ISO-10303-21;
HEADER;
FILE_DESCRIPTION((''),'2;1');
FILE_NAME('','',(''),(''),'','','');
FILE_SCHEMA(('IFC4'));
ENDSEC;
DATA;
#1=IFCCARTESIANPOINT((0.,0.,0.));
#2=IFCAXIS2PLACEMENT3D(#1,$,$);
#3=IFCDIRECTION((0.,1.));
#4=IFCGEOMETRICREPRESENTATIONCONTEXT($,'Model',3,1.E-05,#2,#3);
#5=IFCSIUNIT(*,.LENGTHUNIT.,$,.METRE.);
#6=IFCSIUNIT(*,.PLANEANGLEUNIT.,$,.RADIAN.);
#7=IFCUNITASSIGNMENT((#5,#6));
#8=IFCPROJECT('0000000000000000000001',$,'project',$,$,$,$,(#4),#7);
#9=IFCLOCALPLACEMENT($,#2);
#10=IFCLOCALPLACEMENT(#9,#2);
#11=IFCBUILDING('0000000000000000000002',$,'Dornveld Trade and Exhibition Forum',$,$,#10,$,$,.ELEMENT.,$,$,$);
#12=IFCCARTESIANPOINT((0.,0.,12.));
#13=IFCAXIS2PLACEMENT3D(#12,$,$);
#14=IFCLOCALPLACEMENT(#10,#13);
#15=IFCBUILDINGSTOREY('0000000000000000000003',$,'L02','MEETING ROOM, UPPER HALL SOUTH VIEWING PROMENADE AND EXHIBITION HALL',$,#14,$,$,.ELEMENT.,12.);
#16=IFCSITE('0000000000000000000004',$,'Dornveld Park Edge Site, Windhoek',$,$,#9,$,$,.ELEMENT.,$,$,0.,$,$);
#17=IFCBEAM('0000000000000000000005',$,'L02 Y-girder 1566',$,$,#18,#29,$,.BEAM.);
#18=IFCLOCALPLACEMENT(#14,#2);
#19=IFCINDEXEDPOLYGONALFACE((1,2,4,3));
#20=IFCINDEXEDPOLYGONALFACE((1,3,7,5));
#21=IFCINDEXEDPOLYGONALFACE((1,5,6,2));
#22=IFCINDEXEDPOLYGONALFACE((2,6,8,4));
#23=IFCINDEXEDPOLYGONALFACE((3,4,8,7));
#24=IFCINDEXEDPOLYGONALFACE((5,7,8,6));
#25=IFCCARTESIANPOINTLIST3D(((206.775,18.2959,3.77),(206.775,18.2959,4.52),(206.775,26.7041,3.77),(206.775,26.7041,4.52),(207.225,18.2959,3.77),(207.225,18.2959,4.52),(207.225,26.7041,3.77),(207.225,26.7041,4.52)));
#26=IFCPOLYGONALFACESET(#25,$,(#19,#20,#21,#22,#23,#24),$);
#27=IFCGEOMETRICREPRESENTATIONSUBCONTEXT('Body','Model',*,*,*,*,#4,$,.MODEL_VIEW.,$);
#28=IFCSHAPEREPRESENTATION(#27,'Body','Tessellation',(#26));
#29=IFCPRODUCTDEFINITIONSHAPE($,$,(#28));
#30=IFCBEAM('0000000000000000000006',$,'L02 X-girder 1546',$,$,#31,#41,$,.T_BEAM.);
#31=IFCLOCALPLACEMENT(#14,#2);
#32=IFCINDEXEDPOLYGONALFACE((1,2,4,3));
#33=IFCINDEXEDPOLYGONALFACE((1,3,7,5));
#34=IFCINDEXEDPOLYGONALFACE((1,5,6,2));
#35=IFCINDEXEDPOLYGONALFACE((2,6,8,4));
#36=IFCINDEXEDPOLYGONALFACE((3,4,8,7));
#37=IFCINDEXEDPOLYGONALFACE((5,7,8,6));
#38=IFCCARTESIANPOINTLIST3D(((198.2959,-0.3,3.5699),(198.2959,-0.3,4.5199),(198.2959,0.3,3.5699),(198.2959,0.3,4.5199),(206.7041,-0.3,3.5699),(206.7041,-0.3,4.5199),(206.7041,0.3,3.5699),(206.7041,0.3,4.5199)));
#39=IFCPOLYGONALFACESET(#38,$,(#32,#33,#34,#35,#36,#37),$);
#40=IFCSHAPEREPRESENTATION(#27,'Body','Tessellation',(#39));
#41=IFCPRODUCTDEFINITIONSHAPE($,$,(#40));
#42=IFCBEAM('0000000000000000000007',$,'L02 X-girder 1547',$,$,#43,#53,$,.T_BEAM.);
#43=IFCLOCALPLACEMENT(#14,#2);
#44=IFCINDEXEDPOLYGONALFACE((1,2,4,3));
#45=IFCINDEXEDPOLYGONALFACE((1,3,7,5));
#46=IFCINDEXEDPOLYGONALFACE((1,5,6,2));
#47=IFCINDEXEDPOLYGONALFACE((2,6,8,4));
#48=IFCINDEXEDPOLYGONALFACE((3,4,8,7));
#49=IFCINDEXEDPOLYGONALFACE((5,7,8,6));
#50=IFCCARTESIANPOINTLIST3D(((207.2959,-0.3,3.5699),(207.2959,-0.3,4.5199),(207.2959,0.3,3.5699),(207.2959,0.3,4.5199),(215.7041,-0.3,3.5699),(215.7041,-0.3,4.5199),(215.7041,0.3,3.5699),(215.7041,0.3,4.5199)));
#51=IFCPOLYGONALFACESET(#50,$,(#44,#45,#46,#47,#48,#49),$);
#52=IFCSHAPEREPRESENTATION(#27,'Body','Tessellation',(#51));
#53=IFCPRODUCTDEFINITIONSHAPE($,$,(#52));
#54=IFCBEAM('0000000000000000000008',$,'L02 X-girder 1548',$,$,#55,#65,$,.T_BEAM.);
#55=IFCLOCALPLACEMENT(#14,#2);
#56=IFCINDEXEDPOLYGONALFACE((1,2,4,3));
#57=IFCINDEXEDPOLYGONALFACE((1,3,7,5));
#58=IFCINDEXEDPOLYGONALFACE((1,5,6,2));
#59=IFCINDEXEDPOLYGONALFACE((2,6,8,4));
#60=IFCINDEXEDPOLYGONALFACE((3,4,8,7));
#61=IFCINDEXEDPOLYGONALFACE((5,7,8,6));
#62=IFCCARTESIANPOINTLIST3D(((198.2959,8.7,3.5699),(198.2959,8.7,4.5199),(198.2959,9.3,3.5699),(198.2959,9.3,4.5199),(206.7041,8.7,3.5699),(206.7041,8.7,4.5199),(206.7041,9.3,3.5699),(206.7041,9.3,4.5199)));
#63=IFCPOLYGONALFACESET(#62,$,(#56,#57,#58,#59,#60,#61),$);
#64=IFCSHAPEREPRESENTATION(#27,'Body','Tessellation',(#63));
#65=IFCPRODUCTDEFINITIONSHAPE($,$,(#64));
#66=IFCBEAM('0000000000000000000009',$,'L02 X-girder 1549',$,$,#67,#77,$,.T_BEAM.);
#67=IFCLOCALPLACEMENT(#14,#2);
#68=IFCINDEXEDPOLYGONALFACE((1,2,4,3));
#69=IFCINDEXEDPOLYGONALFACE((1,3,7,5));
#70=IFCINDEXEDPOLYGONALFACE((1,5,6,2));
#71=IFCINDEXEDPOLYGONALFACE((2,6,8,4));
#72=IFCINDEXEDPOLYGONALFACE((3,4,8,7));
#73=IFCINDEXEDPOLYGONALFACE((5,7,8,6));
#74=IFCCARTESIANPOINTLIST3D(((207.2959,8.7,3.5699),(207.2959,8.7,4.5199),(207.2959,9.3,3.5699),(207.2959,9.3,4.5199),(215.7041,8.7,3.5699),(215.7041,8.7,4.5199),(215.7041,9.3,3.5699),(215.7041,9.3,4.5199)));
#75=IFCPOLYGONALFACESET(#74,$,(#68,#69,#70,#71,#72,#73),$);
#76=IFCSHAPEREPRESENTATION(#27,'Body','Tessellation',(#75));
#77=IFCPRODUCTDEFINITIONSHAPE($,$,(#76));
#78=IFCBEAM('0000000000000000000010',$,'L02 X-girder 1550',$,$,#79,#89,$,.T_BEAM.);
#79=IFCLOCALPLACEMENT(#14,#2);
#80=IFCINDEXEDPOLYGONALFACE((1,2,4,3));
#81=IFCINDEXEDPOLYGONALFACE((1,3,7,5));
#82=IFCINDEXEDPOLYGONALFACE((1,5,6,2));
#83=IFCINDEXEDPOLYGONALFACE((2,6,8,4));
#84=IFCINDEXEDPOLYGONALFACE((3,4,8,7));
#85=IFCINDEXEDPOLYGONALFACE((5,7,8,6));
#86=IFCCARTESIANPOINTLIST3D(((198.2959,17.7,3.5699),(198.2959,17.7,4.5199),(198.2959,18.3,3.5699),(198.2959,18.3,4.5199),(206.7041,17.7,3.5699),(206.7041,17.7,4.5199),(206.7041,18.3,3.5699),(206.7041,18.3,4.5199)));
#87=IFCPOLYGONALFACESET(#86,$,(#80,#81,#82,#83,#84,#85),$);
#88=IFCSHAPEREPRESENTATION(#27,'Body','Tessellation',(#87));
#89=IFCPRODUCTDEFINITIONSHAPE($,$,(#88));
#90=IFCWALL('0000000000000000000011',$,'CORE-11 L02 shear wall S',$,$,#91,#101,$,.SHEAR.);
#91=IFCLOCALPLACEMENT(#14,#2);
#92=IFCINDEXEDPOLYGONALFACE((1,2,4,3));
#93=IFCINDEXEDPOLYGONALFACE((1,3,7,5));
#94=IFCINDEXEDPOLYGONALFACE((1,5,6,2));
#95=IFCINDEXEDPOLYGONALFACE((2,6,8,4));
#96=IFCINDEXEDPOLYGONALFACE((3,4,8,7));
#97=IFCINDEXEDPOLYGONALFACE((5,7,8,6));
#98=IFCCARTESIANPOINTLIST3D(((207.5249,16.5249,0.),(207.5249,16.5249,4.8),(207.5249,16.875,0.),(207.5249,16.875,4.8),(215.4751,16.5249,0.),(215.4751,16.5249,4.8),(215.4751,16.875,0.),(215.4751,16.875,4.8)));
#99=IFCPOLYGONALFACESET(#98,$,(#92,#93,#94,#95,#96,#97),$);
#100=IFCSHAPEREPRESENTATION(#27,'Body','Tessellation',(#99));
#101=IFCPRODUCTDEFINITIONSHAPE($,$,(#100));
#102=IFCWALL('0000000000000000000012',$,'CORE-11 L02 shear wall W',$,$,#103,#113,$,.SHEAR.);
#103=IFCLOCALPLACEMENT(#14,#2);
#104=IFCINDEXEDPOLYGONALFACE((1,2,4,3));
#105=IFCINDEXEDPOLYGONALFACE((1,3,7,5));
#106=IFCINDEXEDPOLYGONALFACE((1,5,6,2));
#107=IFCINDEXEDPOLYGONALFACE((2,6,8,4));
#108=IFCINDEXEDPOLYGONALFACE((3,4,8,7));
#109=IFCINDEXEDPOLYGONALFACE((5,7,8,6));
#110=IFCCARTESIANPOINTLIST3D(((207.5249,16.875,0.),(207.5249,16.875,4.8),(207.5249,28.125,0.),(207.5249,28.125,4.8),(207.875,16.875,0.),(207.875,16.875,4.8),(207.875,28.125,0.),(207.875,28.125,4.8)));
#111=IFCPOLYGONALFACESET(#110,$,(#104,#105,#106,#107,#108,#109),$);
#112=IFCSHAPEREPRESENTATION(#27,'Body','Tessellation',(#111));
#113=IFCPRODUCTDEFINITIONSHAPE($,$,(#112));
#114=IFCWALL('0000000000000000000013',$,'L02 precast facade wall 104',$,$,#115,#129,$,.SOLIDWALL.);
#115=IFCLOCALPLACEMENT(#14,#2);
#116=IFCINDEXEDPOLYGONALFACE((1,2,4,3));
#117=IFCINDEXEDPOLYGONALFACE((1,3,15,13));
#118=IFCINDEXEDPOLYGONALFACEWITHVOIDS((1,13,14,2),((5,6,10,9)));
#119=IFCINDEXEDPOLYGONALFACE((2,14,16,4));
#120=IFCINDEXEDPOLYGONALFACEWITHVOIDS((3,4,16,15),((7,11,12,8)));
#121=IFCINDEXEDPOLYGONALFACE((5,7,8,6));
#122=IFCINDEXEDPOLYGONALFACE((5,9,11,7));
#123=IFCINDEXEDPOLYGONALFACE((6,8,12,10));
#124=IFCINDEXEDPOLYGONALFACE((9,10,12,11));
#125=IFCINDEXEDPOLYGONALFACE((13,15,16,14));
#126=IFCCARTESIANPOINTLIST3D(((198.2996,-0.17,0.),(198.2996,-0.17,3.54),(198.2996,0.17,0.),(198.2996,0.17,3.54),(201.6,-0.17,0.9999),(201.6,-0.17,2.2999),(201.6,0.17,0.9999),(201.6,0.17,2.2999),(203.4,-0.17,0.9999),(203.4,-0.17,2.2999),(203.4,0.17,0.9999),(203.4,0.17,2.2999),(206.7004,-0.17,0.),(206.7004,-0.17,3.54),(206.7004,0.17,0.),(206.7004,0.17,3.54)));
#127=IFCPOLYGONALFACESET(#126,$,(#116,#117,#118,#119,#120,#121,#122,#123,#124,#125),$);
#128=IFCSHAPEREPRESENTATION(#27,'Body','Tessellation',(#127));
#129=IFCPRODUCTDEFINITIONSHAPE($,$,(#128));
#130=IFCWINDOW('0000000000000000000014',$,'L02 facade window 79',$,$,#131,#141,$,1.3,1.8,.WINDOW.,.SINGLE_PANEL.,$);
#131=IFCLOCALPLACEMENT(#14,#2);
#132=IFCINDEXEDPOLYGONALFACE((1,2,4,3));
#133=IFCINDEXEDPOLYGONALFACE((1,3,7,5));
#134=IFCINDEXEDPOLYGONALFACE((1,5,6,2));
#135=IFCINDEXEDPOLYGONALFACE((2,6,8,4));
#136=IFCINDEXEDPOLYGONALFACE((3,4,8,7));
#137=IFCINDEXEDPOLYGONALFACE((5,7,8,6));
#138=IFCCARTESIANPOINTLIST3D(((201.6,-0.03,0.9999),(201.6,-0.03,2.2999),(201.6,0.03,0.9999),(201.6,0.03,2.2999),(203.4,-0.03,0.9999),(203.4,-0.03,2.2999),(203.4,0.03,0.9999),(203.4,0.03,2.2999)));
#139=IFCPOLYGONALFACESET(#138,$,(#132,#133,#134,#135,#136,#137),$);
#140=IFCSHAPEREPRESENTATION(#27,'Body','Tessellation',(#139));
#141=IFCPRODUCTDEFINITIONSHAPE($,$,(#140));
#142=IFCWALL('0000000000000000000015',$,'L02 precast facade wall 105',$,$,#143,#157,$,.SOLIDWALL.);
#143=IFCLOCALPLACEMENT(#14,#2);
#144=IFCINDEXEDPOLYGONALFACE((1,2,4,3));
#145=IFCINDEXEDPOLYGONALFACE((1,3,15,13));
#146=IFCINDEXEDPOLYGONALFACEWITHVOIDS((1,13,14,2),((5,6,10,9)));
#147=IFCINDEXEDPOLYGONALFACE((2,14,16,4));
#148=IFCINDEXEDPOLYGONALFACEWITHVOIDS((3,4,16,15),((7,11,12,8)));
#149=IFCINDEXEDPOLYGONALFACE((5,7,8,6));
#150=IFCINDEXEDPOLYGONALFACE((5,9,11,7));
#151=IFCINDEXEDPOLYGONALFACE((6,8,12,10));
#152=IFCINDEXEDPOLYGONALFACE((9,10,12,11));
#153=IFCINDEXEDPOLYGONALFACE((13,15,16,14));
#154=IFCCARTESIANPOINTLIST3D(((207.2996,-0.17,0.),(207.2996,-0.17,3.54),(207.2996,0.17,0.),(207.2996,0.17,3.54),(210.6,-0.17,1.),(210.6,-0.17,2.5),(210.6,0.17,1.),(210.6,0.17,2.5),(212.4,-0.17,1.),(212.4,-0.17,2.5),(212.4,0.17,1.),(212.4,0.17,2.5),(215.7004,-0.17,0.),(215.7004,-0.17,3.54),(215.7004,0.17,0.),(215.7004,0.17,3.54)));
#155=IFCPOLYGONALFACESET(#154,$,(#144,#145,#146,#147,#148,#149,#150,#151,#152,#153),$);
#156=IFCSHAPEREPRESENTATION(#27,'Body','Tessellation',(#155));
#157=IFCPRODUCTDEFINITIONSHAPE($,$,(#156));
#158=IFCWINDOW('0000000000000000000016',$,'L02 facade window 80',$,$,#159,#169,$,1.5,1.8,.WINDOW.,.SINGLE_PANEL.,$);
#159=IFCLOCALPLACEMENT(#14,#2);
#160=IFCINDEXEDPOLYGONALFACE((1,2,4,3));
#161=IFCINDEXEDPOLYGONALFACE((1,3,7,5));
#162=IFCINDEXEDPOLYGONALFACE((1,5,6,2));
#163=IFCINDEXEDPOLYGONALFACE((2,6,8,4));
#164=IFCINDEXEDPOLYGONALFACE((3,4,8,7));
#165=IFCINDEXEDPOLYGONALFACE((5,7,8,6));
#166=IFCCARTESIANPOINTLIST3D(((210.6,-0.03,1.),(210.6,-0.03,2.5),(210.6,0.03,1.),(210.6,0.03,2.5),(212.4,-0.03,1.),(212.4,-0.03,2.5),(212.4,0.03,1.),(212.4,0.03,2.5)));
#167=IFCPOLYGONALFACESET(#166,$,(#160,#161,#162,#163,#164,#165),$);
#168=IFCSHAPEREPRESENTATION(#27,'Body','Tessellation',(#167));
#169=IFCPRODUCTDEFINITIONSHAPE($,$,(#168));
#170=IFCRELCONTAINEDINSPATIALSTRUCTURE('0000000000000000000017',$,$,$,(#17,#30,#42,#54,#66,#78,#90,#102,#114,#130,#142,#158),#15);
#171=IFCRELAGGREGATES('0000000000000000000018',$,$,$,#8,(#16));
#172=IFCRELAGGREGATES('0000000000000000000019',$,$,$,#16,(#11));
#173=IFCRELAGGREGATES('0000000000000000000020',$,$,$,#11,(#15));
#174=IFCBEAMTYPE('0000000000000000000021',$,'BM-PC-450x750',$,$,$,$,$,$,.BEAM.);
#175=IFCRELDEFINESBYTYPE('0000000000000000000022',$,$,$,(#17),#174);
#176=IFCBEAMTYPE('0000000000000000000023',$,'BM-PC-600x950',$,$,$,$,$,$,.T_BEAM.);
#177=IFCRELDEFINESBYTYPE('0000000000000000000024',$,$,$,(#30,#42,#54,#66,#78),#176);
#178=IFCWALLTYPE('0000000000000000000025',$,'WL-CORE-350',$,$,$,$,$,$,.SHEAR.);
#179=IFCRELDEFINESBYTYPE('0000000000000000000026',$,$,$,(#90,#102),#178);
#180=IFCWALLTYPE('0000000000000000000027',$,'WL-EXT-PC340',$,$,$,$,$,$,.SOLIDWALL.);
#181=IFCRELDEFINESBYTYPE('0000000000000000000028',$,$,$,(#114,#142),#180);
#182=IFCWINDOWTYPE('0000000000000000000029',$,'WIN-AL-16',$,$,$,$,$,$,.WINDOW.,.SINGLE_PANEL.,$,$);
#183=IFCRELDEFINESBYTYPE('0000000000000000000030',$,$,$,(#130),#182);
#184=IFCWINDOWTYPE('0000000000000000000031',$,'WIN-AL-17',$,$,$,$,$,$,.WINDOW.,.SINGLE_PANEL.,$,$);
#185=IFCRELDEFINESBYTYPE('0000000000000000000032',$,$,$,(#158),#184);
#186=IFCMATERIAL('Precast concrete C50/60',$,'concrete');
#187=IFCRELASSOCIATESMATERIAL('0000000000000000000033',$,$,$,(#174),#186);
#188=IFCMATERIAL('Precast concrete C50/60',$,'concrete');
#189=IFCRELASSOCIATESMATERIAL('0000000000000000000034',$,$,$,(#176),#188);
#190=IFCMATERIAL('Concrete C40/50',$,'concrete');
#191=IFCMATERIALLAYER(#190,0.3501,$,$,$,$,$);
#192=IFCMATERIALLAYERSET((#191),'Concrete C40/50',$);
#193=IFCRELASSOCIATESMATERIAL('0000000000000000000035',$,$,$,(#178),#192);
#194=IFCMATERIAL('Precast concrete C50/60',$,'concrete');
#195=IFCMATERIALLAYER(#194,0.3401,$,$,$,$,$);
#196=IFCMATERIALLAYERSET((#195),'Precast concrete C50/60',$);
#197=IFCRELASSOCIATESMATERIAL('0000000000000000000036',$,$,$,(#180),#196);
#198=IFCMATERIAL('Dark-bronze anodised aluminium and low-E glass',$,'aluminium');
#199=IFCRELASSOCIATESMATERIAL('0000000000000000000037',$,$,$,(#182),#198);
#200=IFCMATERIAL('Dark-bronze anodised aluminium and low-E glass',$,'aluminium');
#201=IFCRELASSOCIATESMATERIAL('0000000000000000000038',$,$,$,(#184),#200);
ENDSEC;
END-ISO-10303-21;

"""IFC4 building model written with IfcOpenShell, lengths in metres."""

from ifc_helpers import new_model, si_unit, direction, frame, frame_2d, origin, origin_2d, place, context, subcontext, project, spatial, rectangle, extrude, material, layer, layer_set, material_profile, profile_set, type_object, element, fill, save


model = new_model("IFC4")

# Units and contexts
model_context = context("Model", 3, precision=1e-05, world=origin(), true_north=direction((0.0, 1.0)))
body_context = subcontext(model_context, "Body", "Model", "MODEL_VIEW")
ifc_project = project(units=[si_unit("LENGTHUNIT", "METRE"), si_unit("PLANEANGLEUNIT", "RADIAN")], contexts=[model_context])

# Site, building, storey
site_placement = place(None, origin())
site = spatial("IfcSite", under=ifc_project, at=site_placement, Name="Dornveld Park Edge Site, Windhoek", CompositionType="ELEMENT", RefElevation=0.0)
building_placement = place(site_placement, origin())
building = spatial("IfcBuilding", under=site, at=building_placement, Name="Dornveld Trade and Exhibition Forum", CompositionType="ELEMENT")
storey_placement = place(building_placement, frame((0.0, 0.0, 12.0)))
storey = spatial("IfcBuildingStorey", under=building, at=storey_placement, Name="L02", Description="MEETING ROOM, UPPER HALL SOUTH VIEWING PROMENADE AND EXHIBITION HALL", CompositionType="ELEMENT", Elevation=12.0)

# Beams
ifc_material_1 = material(Name="Precast concrete C50/60", Category="concrete")
ifc_material_profile_1 = material_profile(ifc_material_1, rectangle(XDim=0.45, YDim=0.75, at=origin_2d()), Name="PC-BM 450x750")
ifc_profile_set_1 = profile_set([ifc_material_profile_1], Name="Precast concrete C50/60")
beam_type_1 = type_object("IfcBeamType", Name="BM-PC-450x750", PredefinedType="BEAM", material=ifc_profile_set_1)
for number, where, z_axis, x_axis, name in (
    (1, (207.0, 18.2959, 4.145), (0.0, 1.0, 0.0), (-1.0, 0.0, 0.0), "L02 Y-girder 1566"),
):
    element("IfcBeam", number, at=place(storey_placement, frame(where, z_axis=z_axis, x_axis=x_axis)), inside=storey, type_object=beam_type_1, Name=name, PredefinedType="BEAM", context=body_context, shape_type="SweptSolid", body=[
        extrude(rectangle(XDim=0.45, YDim=0.75, at=origin_2d()), origin(), (0.0, 0.0, 1.0), 8.4082),
    ])
ifc_material_2 = material(Name="Precast concrete C50/60", Category="concrete")
ifc_material_profile_2 = material_profile(ifc_material_2, rectangle(XDim=0.6001, YDim=0.95, at=origin_2d()), Name="PC-GIR 600x950")
ifc_profile_set_2 = profile_set([ifc_material_profile_2], Name="Precast concrete C50/60")
beam_type_2 = type_object("IfcBeamType", Name="BM-PC-600x950", PredefinedType="T_BEAM", material=ifc_profile_set_2)
for number, where, z_axis, x_axis, name in (
    (2, (198.2959, 0.0, 4.0449), (1.0, 0.0, 0.0), (0.0, 1.0, 0.0), "L02 X-girder 1546"),
    (3, (207.2959, 0.0, 4.0449), (1.0, 0.0, 0.0), (0.0, 1.0, 0.0), "L02 X-girder 1547"),
    (4, (198.2959, 9.0, 4.0449), (1.0, 0.0, 0.0), (0.0, 1.0, 0.0), "L02 X-girder 1548"),
    (5, (207.2959, 9.0, 4.0449), (1.0, 0.0, 0.0), (0.0, 1.0, 0.0), "L02 X-girder 1549"),
    (6, (198.2959, 18.0, 4.0449), (1.0, 0.0, 0.0), (0.0, 1.0, 0.0), "L02 X-girder 1550"),
):
    element("IfcBeam", number, at=place(storey_placement, frame(where, z_axis=z_axis, x_axis=x_axis)), inside=storey, type_object=beam_type_2, Name=name, PredefinedType="T_BEAM", context=body_context, shape_type="SweptSolid", body=[
        extrude(rectangle(XDim=0.6001, YDim=0.95, at=origin_2d()), origin(), (0.0, 0.0, 1.0), 8.4082),
    ])

# Walls
ifc_material_3 = material(Name="Concrete C40/50", Category="concrete")
ifc_layer_1 = layer(ifc_material_3, 0.3501)
ifc_layer_set_1 = layer_set([ifc_layer_1], Name="Concrete C40/50")
wall_type_1 = type_object("IfcWallType", Name="WL-CORE-350", PredefinedType="SHEAR", material=ifc_layer_set_1)
wall_1_placement = place(storey_placement, frame((207.5249, 16.7, 0.0), z_axis=(0.0, 0.0, 1.0), x_axis=(1.0, 0.0, 0.0)))
element("IfcWall", 7, at=wall_1_placement, inside=storey, type_object=wall_type_1, Name="CORE-11 L02 shear wall S", PredefinedType="SHEAR", context=body_context, shape_type="SweptSolid", body=[
    extrude(rectangle(XDim=7.9502, YDim=0.3501, at=frame_2d((3.9751, 0.0))), origin(), (0.0, 0.0, 1.0), 4.8),
])
wall_2_placement = place(storey_placement, frame((207.7, 16.875, 0.0), z_axis=(0.0, 0.0, 1.0), x_axis=(0.0, 1.0, 0.0)))
element("IfcWall", 8, at=wall_2_placement, inside=storey, type_object=wall_type_1, Name="CORE-11 L02 shear wall W", PredefinedType="SHEAR", context=body_context, shape_type="SweptSolid", body=[
    extrude(rectangle(XDim=11.25, YDim=0.3501, at=frame_2d((5.625, 0.0))), origin(), (0.0, 0.0, 1.0), 4.8),
])

# Walls, openings, windows
ifc_material_4 = material(Name="Precast concrete C50/60", Category="concrete")
ifc_layer_2 = layer(ifc_material_4, 0.3401)
ifc_layer_set_2 = layer_set([ifc_layer_2], Name="Precast concrete C50/60")
wall_type_2 = type_object("IfcWallType", Name="WL-EXT-PC340", PredefinedType="SOLIDWALL", material=ifc_layer_set_2)
wall_3_placement = place(storey_placement, frame((198.2996, 0.0, 0.0), z_axis=(0.0, 0.0, 1.0), x_axis=(1.0, 0.0, 0.0)))
wall_3 = element("IfcWall", 9, at=wall_3_placement, inside=storey, type_object=wall_type_2, Name="L02 precast facade wall 104", PredefinedType="SOLIDWALL", context=body_context, shape_type="SweptSolid", body=[
    extrude(rectangle(XDim=8.4009, YDim=0.3401, at=frame_2d((4.2004, 0.0))), origin(), (0.0, 0.0, 1.0), 3.54),
])
opening_1_placement = place(wall_3_placement, frame((3.3005, 0.0, 1.0)))
opening_1 = element("IfcOpeningElement", 10, at=opening_1_placement, cuts=wall_3, PredefinedType="OPENING", context=body_context, shape_type="SweptSolid", body=[
    extrude(rectangle(XDim=1.8, YDim=1.3, at=frame_2d((0.8999, 0.6499))), frame((0.0, 0.1799, 0.0), z_axis=(0.0, -1.0, 0.0), x_axis=(1.0, 0.0, 0.0)), (0.0, 0.0, 1.0), 0.3601),
])
ifc_material_5 = material(Name="Dark-bronze anodised aluminium and low-E glass", Category="aluminium")
window_type_1 = type_object("IfcWindowType", Name="WIN-AL-16", PartitioningType="SINGLE_PANEL", PredefinedType="WINDOW", material=ifc_material_5)
window_1_placement = place(opening_1_placement, origin())
window_1 = element("IfcWindow", 11, at=window_1_placement, inside=storey, type_object=window_type_1, Name="L02 facade window 79", OverallHeight=1.3, OverallWidth=1.8, PartitioningType="SINGLE_PANEL", PredefinedType="WINDOW", context=body_context, shape_type="SweptSolid", body=[
    extrude(rectangle(XDim=1.8, YDim=1.3, at=frame_2d((0.8999, 0.6499))), frame((0.0, 0.03, 0.0), z_axis=(0.0, -1.0, 0.0), x_axis=(1.0, 0.0, 0.0)), (0.0, 0.0, 1.0), 0.0601),
])
fill(opening_1, window_1)
wall_4_placement = place(storey_placement, frame((207.2996, 0.0, 0.0), z_axis=(0.0, 0.0, 1.0), x_axis=(1.0, 0.0, 0.0)))
wall_4 = element("IfcWall", 12, at=wall_4_placement, inside=storey, type_object=wall_type_2, Name="L02 precast facade wall 105", PredefinedType="SOLIDWALL", context=body_context, shape_type="SweptSolid", body=[
    extrude(rectangle(XDim=8.4009, YDim=0.3401, at=frame_2d((4.2004, 0.0))), origin(), (0.0, 0.0, 1.0), 3.54),
])
opening_2_placement = place(wall_4_placement, frame((3.3005, 0.0, 1.0)))
opening_2 = element("IfcOpeningElement", 13, at=opening_2_placement, cuts=wall_4, PredefinedType="OPENING", context=body_context, shape_type="SweptSolid", body=[
    extrude(rectangle(XDim=1.8, YDim=1.5, at=frame_2d((0.8999, 0.75))), frame((0.0, 0.1799, 0.0), z_axis=(0.0, -1.0, 0.0), x_axis=(1.0, 0.0, 0.0)), (0.0, 0.0, 1.0), 0.3601),
])
ifc_material_6 = material(Name="Dark-bronze anodised aluminium and low-E glass", Category="aluminium")
window_type_2 = type_object("IfcWindowType", Name="WIN-AL-17", PartitioningType="SINGLE_PANEL", PredefinedType="WINDOW", material=ifc_material_6)
window_2_placement = place(opening_2_placement, origin())
window_2 = element("IfcWindow", 14, at=window_2_placement, inside=storey, type_object=window_type_2, Name="L02 facade window 80", OverallHeight=1.5, OverallWidth=1.8, PartitioningType="SINGLE_PANEL", PredefinedType="WINDOW", context=body_context, shape_type="SweptSolid", body=[
    extrude(rectangle(XDim=1.8, YDim=1.5, at=frame_2d((0.8999, 0.75))), frame((0.0, 0.03, 0.0), z_axis=(0.0, -1.0, 0.0), x_axis=(1.0, 0.0, 0.0)), (0.0, 0.0, 1.0), 0.0601),
])
fill(opening_2, window_2)

save(model, "model.ifc")
